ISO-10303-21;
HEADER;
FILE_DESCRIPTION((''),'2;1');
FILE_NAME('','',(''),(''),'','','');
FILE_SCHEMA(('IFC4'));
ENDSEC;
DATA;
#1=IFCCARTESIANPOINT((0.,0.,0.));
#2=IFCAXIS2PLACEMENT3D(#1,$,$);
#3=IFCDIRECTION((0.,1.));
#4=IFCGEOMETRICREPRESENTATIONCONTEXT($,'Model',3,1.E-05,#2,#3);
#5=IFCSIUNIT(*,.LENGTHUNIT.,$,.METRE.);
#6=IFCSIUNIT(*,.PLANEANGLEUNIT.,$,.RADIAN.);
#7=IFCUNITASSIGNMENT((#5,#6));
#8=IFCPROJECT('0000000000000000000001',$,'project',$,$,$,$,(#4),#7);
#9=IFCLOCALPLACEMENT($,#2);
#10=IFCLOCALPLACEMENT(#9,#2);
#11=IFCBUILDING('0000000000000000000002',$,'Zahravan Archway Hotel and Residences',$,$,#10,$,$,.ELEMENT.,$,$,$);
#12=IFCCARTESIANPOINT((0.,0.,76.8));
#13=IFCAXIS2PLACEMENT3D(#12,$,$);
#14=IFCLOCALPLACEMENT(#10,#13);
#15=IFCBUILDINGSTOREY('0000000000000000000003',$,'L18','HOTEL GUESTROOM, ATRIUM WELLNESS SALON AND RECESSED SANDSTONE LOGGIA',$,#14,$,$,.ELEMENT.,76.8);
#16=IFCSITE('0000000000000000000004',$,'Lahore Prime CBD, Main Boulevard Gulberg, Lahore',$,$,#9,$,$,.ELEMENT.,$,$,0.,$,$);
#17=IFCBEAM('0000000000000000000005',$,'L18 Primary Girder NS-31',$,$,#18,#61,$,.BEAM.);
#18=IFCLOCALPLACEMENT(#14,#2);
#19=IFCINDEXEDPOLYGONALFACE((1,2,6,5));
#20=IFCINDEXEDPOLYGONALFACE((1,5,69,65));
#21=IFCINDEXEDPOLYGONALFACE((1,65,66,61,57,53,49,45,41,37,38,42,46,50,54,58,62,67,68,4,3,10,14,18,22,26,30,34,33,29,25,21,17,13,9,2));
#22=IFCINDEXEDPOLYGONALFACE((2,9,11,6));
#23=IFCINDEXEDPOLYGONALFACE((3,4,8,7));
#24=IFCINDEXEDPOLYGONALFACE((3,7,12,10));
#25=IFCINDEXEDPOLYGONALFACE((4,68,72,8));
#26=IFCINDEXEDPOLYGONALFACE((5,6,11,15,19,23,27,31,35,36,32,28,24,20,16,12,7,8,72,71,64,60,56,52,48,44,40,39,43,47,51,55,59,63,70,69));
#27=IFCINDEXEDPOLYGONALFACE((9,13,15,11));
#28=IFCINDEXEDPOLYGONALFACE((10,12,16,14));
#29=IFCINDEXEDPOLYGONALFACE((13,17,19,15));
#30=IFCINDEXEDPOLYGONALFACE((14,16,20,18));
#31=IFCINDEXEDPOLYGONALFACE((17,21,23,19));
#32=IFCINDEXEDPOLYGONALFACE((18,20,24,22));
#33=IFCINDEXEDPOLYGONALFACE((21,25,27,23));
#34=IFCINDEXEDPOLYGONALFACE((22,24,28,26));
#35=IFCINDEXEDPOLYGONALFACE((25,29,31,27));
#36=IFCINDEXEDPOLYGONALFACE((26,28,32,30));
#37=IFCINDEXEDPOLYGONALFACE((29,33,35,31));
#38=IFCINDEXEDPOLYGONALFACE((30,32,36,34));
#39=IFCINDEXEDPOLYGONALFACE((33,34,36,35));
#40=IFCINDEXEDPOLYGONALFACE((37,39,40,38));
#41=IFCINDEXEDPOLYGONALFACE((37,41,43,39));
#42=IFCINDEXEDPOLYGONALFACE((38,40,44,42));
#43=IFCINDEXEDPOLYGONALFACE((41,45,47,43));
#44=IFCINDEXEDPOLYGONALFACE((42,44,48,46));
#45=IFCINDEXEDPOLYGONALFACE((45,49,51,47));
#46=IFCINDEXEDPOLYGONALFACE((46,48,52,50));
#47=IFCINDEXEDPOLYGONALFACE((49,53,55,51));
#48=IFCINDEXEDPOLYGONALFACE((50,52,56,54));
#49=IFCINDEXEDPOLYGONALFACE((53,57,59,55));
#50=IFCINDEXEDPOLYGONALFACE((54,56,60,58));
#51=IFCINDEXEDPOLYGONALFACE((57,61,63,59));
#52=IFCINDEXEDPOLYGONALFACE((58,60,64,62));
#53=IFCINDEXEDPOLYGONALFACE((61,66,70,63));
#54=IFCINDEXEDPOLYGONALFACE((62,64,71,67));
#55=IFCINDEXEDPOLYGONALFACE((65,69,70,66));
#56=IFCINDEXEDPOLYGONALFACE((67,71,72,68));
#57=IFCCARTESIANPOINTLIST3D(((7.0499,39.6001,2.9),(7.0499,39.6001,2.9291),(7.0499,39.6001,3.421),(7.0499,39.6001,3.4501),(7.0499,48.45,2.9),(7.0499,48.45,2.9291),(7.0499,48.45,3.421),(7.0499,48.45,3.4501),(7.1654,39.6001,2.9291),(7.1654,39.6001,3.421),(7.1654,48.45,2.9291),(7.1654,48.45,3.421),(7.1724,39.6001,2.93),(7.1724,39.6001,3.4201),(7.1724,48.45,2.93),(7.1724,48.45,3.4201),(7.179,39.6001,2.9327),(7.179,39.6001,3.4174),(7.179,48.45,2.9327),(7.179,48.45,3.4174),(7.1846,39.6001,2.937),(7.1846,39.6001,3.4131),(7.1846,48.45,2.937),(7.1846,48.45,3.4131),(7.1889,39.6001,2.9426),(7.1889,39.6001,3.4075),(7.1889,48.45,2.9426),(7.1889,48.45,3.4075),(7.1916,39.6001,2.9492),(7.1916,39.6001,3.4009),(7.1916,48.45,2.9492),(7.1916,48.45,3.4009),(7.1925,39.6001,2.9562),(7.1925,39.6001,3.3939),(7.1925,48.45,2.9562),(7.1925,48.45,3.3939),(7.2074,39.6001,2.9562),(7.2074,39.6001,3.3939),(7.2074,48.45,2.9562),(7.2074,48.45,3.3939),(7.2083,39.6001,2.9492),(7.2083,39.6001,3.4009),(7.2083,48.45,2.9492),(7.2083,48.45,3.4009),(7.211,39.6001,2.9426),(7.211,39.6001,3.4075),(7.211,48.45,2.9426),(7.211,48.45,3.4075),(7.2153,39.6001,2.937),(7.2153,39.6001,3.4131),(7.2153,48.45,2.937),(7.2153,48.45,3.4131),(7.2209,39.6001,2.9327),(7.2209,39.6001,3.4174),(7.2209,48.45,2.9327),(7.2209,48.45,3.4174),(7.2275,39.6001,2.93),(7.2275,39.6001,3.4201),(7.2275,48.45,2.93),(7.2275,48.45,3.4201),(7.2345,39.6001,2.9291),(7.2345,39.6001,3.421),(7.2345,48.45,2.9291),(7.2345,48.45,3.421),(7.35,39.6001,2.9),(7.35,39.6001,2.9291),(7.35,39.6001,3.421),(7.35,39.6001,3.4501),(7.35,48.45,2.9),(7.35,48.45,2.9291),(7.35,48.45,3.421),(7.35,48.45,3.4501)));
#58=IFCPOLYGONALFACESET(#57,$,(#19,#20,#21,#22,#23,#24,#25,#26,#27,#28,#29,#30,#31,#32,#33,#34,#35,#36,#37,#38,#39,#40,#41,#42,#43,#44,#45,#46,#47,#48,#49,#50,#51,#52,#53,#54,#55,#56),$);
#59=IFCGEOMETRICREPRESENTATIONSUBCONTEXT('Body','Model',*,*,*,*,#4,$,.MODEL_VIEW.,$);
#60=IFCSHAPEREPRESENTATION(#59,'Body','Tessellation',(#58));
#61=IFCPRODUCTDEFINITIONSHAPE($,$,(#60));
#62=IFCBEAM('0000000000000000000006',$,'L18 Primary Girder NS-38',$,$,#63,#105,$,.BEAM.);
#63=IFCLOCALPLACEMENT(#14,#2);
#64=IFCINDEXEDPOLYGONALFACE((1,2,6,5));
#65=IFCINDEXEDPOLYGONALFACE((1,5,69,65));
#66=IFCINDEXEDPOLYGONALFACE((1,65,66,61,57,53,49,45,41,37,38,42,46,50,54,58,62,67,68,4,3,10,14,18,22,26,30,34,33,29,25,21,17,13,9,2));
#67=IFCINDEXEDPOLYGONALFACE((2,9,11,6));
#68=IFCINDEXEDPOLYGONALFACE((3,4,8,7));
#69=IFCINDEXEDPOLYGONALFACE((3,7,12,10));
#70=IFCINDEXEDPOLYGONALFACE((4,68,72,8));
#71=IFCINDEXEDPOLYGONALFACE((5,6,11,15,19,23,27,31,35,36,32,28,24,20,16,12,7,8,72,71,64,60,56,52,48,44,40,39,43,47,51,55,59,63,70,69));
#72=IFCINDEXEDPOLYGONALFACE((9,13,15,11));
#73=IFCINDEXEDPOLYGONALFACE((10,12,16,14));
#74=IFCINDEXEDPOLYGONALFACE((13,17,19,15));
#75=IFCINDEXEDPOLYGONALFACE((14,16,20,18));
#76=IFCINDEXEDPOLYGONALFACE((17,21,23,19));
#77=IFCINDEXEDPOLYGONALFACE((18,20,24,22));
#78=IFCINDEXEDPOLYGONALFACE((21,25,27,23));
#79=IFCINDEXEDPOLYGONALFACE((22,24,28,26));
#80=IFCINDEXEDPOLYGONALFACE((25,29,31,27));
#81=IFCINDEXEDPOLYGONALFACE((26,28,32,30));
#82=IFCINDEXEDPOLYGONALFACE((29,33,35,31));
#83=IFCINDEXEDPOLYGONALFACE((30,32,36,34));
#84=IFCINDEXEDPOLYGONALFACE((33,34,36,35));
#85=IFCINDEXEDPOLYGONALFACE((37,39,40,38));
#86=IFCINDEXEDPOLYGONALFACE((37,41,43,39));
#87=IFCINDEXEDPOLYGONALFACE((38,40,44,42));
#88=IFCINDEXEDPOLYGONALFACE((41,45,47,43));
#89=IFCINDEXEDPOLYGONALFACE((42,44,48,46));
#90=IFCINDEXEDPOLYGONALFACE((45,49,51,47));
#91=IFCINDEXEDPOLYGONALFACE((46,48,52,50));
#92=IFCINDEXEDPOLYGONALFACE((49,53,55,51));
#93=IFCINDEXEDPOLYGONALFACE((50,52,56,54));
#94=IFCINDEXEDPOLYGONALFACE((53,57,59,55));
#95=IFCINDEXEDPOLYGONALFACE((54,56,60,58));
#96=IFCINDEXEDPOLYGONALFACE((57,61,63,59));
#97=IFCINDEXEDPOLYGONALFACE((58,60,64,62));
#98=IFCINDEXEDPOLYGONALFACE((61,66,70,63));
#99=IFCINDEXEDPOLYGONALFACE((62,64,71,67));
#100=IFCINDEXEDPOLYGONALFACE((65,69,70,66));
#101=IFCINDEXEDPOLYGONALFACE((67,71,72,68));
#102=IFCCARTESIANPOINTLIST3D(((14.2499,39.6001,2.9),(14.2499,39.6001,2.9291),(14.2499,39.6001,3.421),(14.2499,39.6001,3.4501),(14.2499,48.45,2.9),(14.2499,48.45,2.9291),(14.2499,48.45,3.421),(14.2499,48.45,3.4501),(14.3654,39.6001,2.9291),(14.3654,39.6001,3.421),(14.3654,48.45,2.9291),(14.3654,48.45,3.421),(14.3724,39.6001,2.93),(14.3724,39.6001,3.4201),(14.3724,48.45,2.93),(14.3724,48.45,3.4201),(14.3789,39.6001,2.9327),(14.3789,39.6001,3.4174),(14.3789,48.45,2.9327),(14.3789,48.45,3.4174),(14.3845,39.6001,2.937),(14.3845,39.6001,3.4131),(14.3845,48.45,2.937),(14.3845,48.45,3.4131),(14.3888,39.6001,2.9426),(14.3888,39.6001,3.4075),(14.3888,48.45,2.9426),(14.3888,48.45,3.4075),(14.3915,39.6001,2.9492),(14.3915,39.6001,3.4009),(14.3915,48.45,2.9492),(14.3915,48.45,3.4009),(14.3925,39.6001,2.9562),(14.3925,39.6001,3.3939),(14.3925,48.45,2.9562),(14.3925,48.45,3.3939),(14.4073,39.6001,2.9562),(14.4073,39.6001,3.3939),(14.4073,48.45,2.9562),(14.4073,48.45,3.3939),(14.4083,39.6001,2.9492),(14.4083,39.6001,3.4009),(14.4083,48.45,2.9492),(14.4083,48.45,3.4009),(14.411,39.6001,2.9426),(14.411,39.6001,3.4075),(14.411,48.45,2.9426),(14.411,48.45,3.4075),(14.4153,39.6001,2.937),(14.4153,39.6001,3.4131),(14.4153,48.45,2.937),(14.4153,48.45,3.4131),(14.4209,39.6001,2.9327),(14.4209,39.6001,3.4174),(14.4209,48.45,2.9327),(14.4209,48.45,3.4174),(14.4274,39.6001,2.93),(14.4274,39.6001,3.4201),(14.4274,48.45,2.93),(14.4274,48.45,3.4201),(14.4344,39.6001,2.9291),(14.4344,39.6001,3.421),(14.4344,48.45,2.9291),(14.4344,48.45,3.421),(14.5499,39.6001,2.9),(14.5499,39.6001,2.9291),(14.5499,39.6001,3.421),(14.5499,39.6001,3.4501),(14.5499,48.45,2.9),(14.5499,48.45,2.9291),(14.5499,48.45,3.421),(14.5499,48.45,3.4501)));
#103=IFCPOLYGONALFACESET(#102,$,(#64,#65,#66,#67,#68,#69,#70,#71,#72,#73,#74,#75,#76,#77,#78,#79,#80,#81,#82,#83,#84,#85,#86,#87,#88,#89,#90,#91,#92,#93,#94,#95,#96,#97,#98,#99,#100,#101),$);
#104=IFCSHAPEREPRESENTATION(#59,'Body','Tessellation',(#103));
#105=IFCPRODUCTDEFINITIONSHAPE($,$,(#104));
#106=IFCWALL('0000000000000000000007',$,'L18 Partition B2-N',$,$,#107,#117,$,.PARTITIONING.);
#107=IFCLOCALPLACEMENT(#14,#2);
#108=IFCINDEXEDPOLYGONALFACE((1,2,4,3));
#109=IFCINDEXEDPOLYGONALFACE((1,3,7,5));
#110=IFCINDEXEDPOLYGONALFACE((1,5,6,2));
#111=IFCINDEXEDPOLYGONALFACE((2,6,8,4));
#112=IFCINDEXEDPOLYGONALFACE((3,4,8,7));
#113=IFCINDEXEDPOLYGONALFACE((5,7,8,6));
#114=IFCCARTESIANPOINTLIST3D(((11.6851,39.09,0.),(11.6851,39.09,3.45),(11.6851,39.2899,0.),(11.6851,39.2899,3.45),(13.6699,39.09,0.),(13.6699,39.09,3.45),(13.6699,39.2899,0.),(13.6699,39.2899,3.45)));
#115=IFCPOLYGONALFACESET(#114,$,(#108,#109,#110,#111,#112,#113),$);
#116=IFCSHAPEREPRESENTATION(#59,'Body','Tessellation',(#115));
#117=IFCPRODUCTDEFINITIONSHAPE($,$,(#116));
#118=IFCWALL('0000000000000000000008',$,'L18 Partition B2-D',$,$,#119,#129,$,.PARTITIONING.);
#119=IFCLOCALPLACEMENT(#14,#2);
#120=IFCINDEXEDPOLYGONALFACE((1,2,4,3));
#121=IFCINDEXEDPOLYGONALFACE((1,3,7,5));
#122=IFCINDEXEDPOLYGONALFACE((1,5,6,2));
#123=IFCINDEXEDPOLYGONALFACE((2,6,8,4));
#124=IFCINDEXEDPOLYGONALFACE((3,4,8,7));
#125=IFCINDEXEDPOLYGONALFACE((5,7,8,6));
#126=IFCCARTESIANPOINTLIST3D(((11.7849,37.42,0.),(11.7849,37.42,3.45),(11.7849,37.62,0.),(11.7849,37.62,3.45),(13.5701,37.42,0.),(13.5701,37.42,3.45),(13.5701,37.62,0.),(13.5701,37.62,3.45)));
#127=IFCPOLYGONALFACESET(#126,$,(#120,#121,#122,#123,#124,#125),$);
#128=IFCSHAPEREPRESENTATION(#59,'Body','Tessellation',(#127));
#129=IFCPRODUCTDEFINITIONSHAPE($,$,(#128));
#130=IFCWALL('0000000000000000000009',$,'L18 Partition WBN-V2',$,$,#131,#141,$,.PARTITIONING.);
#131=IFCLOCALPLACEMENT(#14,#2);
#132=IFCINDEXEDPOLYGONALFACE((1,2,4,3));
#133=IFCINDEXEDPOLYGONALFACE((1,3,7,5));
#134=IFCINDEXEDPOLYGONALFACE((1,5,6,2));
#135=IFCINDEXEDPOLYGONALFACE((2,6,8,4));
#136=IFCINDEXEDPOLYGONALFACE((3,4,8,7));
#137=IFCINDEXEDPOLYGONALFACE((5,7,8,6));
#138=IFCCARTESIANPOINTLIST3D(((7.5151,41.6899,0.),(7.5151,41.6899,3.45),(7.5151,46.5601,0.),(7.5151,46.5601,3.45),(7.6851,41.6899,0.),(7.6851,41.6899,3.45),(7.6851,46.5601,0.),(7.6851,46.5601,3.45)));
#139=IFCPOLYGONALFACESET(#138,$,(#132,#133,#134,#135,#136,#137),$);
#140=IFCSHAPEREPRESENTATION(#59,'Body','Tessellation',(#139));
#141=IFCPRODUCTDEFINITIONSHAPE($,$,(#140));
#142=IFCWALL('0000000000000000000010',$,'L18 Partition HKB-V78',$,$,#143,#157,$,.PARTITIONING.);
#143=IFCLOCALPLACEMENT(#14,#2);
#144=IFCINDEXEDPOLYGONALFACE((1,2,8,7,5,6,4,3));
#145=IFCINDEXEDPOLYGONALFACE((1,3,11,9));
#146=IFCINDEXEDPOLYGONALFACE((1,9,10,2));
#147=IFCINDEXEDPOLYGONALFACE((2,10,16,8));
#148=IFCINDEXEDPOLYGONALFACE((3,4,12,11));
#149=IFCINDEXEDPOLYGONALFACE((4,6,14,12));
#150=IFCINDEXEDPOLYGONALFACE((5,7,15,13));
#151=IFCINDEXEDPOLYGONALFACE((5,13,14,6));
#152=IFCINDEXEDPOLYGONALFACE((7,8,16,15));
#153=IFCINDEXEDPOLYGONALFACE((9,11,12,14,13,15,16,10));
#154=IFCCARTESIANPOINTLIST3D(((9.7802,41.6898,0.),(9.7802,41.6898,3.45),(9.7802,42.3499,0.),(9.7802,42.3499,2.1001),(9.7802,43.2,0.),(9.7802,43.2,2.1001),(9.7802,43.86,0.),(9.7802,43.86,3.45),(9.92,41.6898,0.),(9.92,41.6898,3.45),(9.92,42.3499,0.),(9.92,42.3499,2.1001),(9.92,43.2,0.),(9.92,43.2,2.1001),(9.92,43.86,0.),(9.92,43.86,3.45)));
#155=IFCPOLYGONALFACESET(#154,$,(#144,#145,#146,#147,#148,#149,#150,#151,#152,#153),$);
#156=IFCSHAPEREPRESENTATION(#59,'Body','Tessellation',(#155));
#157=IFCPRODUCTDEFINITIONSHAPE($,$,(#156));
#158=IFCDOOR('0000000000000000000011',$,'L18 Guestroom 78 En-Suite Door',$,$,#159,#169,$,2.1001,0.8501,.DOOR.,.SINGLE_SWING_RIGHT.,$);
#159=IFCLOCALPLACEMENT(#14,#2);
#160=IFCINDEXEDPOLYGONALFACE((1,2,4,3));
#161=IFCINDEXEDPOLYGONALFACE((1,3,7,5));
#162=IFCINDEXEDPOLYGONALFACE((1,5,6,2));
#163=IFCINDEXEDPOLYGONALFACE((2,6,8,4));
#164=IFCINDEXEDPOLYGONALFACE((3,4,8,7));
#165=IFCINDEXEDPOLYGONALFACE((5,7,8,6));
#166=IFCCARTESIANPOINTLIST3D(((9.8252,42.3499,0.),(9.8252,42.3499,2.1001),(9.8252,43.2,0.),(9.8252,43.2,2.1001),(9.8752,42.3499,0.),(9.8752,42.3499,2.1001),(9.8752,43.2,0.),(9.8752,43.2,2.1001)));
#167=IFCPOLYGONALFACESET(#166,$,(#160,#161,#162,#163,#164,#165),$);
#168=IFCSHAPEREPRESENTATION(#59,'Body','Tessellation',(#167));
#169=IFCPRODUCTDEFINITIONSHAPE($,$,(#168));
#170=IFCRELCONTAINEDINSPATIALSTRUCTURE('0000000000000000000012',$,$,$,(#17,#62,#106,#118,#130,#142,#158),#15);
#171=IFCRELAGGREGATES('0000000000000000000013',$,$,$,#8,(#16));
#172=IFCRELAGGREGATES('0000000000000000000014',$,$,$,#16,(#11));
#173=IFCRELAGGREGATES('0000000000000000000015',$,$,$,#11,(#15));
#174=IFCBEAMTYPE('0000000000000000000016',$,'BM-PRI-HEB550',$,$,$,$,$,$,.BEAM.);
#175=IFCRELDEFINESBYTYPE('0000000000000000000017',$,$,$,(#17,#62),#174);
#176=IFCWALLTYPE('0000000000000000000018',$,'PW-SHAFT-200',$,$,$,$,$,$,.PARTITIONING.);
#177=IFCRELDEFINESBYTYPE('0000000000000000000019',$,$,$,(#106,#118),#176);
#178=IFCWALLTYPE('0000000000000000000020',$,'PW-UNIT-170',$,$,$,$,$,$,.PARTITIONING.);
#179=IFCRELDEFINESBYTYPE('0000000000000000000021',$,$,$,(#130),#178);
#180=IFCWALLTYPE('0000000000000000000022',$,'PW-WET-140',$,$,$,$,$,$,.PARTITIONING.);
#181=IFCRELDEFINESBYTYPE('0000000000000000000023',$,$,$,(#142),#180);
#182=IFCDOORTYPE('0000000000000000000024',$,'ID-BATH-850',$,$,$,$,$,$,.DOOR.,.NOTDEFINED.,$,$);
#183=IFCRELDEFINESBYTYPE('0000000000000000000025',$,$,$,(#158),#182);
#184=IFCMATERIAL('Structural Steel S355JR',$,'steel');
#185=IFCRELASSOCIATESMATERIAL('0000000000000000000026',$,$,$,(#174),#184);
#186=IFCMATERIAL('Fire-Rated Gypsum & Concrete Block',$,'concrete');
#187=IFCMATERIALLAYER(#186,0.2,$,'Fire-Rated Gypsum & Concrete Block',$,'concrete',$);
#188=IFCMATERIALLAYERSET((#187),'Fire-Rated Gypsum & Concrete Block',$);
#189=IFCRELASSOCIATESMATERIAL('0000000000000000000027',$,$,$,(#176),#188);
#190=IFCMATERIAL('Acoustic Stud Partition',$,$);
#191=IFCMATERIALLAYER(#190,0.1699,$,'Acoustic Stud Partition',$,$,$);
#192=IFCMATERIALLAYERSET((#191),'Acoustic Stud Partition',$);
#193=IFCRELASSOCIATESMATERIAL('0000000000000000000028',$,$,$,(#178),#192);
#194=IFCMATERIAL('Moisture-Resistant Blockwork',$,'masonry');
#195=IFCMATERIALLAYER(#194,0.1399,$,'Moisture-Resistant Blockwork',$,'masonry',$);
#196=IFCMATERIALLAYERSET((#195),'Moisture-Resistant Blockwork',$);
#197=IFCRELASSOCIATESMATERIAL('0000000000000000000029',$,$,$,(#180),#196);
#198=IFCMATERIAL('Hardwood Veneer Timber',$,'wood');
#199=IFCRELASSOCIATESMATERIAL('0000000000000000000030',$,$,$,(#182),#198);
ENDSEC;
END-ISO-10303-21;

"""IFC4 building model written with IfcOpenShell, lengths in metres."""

from ifc_helpers import new_model, si_unit, direction, frame, frame_2d, origin, origin_2d, place, context, subcontext, project, spatial, rectangle, i_section, extrude, source, transform, mapped, material, layer, layer_set, material_profile, profile_set, type_object, type_shapes, element, fill, save


model = new_model("IFC4")

# Units and contexts
model_context = context("Model", 3, precision=1e-05, world=origin(), true_north=direction((0.0, 1.0)))
body_context = subcontext(model_context, "Body", "Model", "MODEL_VIEW")
ifc_project = project(units=[si_unit("LENGTHUNIT", "METRE"), si_unit("PLANEANGLEUNIT", "RADIAN")], contexts=[model_context])

# Site, building, storey
site_placement = place(None, origin())
site = spatial("IfcSite", under=ifc_project, at=site_placement, Name="Lahore Prime CBD, Main Boulevard Gulberg, Lahore", CompositionType="ELEMENT", RefElevation=0.0)
building_placement = place(site_placement, origin())
building = spatial("IfcBuilding", under=site, at=building_placement, Name="Zahravan Archway Hotel and Residences", CompositionType="ELEMENT")
storey_placement = place(building_placement, frame((0.0, 0.0, 76.8)))
storey = spatial("IfcBuildingStorey", under=building, at=storey_placement, Name="L18", Description="HOTEL GUESTROOM, ATRIUM WELLNESS SALON AND RECESSED SANDSTONE LOGGIA", CompositionType="ELEMENT", Elevation=76.8)

# Beams
ifc_material_1 = material(Name="Structural Steel S355JR", Category="steel")
ifc_material_profile_1 = material_profile(ifc_material_1, i_section(OverallWidth=0.3, OverallDepth=0.55, WebThickness=0.0149, FlangeThickness=0.0291, FilletRadius=0.0271, at=origin_2d()), Name="HEB 550", Category="steel")
ifc_profile_set_1 = profile_set([ifc_material_profile_1], Name="Structural Steel S355JR")
beam_type_1 = type_object("IfcBeamType", Name="BM-PRI-HEB550", PredefinedType="BEAM", material=ifc_profile_set_1)
shared_shape_1 = source(origin(), body_context, "Body", "SweptSolid", [
    extrude(i_section(OverallWidth=0.3, OverallDepth=0.55, WebThickness=0.0149, FlangeThickness=0.0291, FilletRadius=0.0271, at=origin_2d()), origin(), (0.0, 0.0, 1.0), 8.8499),
])
for number, where, z_axis, x_axis, name in (
    (1, (7.2, 39.6001, 3.175), (0.0, 1.0, 0.0), (-1.0, 0.0, 0.0), "L18 Primary Girder NS-31"),
    (2, (14.3999, 39.6001, 3.175), (0.0, 1.0, 0.0), (-1.0, 0.0, 0.0), "L18 Primary Girder NS-38"),
):
    element("IfcBeam", number, at=place(storey_placement, frame(where, z_axis=z_axis, x_axis=x_axis)), inside=storey, type_object=beam_type_1, Name=name, PredefinedType="BEAM", context=body_context, shape_type="MappedRepresentation", body=[
        mapped(shared_shape_1, transform((0.0, 0.0, 0.0), scale=1.0)),
    ])

# Walls
ifc_material_2 = material(Name="Fire-Rated Gypsum & Concrete Block", Category="concrete")
ifc_layer_1 = layer(ifc_material_2, 0.2, Name="Fire-Rated Gypsum & Concrete Block", Category="concrete")
ifc_layer_set_1 = layer_set([ifc_layer_1], Name="Fire-Rated Gypsum & Concrete Block")
wall_type_1 = type_object("IfcWallType", Name="PW-SHAFT-200", PredefinedType="PARTITIONING", material=ifc_layer_set_1)
wall_1_placement = place(storey_placement, frame((11.6851, 39.1899, 0.0), z_axis=(0.0, 0.0, 1.0), x_axis=(1.0, 0.0, 0.0)))
element("IfcWall", 3, at=wall_1_placement, inside=storey, type_object=wall_type_1, Name="L18 Partition B2-N", PredefinedType="PARTITIONING", context=body_context, shape_type="SweptSolid", body=[
    extrude(rectangle(XDim=1.9849, YDim=0.2, at=frame_2d((0.9924, 0.0))), origin(), (0.0, 0.0, 1.0), 3.45),
])
wall_2_placement = place(storey_placement, frame((11.7849, 37.52, 0.0), z_axis=(0.0, 0.0, 1.0), x_axis=(1.0, 0.0, 0.0)))
element("IfcWall", 4, at=wall_2_placement, inside=storey, type_object=wall_type_1, Name="L18 Partition B2-D", PredefinedType="PARTITIONING", context=body_context, shape_type="SweptSolid", body=[
    extrude(rectangle(XDim=1.7852, YDim=0.2, at=frame_2d((0.8926, 0.0))), origin(), (0.0, 0.0, 1.0), 3.45),
])
ifc_material_3 = material(Name="Acoustic Stud Partition")
ifc_layer_2 = layer(ifc_material_3, 0.1699, Name="Acoustic Stud Partition")
ifc_layer_set_2 = layer_set([ifc_layer_2], Name="Acoustic Stud Partition")
wall_type_2 = type_object("IfcWallType", Name="PW-UNIT-170", PredefinedType="PARTITIONING", material=ifc_layer_set_2)
wall_3_placement = place(storey_placement, frame((7.6001, 41.6899, 0.0), z_axis=(0.0, 0.0, 1.0), x_axis=(0.0, 1.0, 0.0)))
element("IfcWall", 5, at=wall_3_placement, inside=storey, type_object=wall_type_2, Name="L18 Partition WBN-V2", PredefinedType="PARTITIONING", context=body_context, shape_type="SweptSolid", body=[
    extrude(rectangle(XDim=4.8701, YDim=0.1699, at=frame_2d((2.4351, 0.0))), origin(), (0.0, 0.0, 1.0), 3.45),
])
ifc_material_4 = material(Name="Moisture-Resistant Blockwork", Category="masonry")
ifc_layer_3 = layer(ifc_material_4, 0.1399, Name="Moisture-Resistant Blockwork", Category="masonry")
ifc_layer_set_3 = layer_set([ifc_layer_3], Name="Moisture-Resistant Blockwork")
wall_type_3 = type_object("IfcWallType", Name="PW-WET-140", PredefinedType="PARTITIONING", material=ifc_layer_set_3)

# Wall, opening, door
wall_4_placement = place(storey_placement, frame((9.8501, 41.6899, 0.0), z_axis=(0.0, 0.0, 1.0), x_axis=(0.0, 1.0, 0.0)))
wall_4 = element("IfcWall", 6, at=wall_4_placement, inside=storey, type_object=wall_type_3, Name="L18 Partition HKB-V78", PredefinedType="PARTITIONING", context=body_context, shape_type="SweptSolid", body=[
    extrude(rectangle(XDim=2.1702, YDim=0.1399, at=frame_2d((1.085, 0.0))), origin(), (0.0, 0.0, 1.0), 3.45),
])
opening_placement = place(wall_4_placement, frame((0.6599, 0.0, 0.0)))
opening = element("IfcOpeningElement", 7, at=opening_placement, cuts=wall_4, PredefinedType="OPENING", context=body_context, shape_type="SweptSolid", body=[
    extrude(rectangle(XDim=0.8501, YDim=2.1001, at=frame_2d((0.425, 1.05))), frame((0.0, 0.0801, 0.0), z_axis=(0.0, -1.0, 0.0), x_axis=(1.0, 0.0, 0.0)), (0.0, 0.0, 1.0), 0.1599),
])
ifc_material_5 = material(Name="Hardwood Veneer Timber", Category="wood")
door_type = type_object("IfcDoorType", Name="ID-BATH-850", OperationType="NOTDEFINED", PredefinedType="DOOR", material=ifc_material_5)
shared_shape_2 = source(origin(), body_context, "Body", "SweptSolid", [
    extrude(rectangle(XDim=0.8501, YDim=2.1001, at=frame_2d((0.425, 1.05))), frame((0.0, 0.0249, 0.0), z_axis=(0.0, -1.0, 0.0), x_axis=(1.0, 0.0, 0.0)), (0.0, 0.0, 1.0), 0.05),
])
type_shapes(door_type, [shared_shape_2])
door_placement = place(opening_placement, origin())
door = element("IfcDoor", 8, at=door_placement, inside=storey, type_object=door_type, Name="L18 Guestroom 78 En-Suite Door", OperationType="SINGLE_SWING_RIGHT", OverallHeight=2.1001, OverallWidth=0.8501, PredefinedType="DOOR", context=body_context, shape_type="MappedRepresentation", body=[
    mapped(shared_shape_2, transform((0.0, 0.0, 0.0), scale=1.0)),
])
fill(opening, door)

save(model, "model.ifc")
